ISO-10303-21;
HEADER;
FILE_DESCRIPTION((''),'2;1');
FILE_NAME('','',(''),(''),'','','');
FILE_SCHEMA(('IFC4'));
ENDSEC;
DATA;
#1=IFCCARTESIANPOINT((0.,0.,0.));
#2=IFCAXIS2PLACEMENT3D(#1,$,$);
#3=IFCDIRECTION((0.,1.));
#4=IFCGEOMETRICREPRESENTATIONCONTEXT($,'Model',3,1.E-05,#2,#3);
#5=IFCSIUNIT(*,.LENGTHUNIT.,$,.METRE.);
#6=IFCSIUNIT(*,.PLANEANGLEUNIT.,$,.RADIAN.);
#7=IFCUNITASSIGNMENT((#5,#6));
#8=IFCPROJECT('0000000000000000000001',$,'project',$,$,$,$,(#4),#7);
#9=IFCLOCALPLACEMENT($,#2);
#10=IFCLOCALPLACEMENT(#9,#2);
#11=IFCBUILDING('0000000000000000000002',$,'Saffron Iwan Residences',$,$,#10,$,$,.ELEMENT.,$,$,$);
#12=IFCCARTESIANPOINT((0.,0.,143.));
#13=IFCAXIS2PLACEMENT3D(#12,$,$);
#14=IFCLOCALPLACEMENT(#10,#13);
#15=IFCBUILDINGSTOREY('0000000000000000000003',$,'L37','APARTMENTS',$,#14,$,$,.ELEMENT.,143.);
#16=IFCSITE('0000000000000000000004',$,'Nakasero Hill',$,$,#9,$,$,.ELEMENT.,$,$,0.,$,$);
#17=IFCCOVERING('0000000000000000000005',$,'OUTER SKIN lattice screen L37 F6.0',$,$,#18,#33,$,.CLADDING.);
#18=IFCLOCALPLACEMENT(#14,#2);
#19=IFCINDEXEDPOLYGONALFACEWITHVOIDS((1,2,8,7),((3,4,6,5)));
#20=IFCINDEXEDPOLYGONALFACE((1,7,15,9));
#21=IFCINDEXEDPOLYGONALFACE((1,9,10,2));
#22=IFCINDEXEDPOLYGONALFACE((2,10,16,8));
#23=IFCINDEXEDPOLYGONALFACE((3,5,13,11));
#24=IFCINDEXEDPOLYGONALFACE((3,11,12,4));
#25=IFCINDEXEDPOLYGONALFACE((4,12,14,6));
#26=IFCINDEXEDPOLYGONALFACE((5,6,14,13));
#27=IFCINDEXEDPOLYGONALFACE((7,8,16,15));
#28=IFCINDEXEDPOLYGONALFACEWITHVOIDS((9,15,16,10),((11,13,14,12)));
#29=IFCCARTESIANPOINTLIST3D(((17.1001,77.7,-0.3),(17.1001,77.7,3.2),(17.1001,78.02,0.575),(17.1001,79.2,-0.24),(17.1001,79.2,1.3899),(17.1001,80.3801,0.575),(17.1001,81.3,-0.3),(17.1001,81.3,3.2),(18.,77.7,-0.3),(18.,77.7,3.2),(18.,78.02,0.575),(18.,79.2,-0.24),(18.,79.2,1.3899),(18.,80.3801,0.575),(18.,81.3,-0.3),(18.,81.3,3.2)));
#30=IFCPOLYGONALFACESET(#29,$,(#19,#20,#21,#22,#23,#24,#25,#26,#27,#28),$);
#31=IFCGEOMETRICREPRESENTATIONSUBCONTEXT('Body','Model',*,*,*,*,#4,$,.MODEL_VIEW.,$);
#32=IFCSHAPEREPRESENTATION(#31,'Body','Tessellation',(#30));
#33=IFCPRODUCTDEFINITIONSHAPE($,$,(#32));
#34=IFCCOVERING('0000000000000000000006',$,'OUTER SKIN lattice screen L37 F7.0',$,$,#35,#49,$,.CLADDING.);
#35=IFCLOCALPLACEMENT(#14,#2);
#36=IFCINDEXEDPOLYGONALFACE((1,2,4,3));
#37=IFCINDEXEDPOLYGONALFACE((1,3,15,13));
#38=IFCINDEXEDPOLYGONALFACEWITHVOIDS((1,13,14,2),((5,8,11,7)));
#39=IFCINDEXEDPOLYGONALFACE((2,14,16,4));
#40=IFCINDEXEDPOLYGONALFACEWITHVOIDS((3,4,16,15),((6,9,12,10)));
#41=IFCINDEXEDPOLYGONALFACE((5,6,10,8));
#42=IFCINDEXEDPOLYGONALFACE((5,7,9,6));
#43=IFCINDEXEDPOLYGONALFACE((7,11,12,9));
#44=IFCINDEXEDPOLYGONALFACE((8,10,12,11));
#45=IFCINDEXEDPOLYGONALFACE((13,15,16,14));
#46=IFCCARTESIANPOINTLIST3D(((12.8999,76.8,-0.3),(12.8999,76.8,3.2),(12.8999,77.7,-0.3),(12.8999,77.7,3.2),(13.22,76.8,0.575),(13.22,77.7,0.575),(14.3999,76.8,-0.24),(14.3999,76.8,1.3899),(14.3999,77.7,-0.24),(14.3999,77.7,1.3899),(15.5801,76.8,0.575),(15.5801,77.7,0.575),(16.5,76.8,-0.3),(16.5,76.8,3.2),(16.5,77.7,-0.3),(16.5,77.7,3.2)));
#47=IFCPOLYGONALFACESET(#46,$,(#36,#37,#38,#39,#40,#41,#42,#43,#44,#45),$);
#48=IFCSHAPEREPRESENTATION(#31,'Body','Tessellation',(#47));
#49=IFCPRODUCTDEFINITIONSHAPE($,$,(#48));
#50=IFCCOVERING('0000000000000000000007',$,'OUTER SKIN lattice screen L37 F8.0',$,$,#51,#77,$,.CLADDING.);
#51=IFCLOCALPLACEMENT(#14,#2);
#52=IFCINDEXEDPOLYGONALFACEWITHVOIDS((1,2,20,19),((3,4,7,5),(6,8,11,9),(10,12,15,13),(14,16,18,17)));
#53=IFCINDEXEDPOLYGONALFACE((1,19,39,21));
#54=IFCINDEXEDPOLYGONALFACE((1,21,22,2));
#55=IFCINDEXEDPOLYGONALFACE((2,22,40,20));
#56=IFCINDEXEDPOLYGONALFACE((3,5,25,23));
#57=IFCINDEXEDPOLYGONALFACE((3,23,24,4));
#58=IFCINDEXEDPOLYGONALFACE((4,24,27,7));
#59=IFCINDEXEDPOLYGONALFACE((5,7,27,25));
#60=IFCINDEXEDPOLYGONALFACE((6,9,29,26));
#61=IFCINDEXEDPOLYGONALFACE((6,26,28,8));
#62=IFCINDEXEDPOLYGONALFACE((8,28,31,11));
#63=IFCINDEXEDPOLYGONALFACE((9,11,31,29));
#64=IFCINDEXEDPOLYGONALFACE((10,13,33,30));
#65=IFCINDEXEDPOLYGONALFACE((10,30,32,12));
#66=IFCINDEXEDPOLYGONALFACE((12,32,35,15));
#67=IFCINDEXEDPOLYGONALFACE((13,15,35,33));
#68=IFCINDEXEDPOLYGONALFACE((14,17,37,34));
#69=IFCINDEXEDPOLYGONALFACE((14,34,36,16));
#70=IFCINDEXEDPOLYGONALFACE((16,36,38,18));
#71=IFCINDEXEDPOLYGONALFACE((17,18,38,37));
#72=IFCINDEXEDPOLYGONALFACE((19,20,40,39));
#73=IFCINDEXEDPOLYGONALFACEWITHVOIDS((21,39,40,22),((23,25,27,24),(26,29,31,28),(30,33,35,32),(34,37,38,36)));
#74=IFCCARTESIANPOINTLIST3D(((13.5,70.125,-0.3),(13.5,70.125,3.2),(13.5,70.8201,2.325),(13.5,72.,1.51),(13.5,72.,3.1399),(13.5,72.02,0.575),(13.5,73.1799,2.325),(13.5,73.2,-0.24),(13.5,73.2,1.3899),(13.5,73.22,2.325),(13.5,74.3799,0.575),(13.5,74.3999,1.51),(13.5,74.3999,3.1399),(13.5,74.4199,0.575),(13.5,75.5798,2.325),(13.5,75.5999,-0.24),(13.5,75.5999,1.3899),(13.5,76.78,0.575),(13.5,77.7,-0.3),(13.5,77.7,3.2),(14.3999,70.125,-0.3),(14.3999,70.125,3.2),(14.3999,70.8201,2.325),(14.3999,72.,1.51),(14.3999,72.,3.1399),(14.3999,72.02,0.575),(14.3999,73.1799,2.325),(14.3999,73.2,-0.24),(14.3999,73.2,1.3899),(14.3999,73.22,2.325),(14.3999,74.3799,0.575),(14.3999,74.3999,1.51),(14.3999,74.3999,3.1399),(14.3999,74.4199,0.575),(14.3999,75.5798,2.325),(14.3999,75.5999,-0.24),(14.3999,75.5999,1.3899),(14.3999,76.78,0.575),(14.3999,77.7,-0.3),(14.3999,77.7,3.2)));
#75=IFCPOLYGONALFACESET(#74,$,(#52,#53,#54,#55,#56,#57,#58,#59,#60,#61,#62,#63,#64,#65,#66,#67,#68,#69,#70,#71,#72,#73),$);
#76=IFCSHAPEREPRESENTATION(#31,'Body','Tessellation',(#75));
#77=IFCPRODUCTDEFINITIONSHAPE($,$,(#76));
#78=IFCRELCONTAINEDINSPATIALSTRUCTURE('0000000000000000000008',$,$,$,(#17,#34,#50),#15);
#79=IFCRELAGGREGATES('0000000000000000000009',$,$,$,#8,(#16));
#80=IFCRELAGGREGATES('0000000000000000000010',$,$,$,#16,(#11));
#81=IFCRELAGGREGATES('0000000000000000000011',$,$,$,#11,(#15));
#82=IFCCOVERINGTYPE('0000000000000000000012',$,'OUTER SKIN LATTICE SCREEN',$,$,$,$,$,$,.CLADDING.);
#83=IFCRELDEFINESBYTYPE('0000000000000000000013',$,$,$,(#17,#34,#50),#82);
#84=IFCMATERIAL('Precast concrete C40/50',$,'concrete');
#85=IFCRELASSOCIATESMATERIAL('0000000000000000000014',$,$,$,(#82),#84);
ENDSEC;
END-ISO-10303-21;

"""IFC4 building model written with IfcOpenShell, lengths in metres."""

from ifc_helpers import new_model, si_unit, direction, frame, origin, place, context, subcontext, project, spatial, polyline, outline, extrude, material, type_object, element, save


model = new_model("IFC4")

# Units and contexts
model_context = context("Model", 3, precision=1e-05, world=origin(), true_north=direction((0.0, 1.0)))
body_context = subcontext(model_context, "Body", "Model", "MODEL_VIEW")
ifc_project = project(units=[si_unit("LENGTHUNIT", "METRE"), si_unit("PLANEANGLEUNIT", "RADIAN")], contexts=[model_context])

# Site, building, storey
site_placement = place(None, origin())
site = spatial("IfcSite", under=ifc_project, at=site_placement, Name="Nakasero Hill", CompositionType="ELEMENT", RefElevation=0.0)
building_placement = place(site_placement, origin())
building = spatial("IfcBuilding", under=site, at=building_placement, Name="Saffron Iwan Residences", CompositionType="ELEMENT")
storey_placement = place(building_placement, frame((0.0, 0.0, 143.0)))
storey = spatial("IfcBuildingStorey", under=building, at=storey_placement, Name="L37", Description="APARTMENTS", CompositionType="ELEMENT", Elevation=143.0)

# Coverings
ifc_material_1 = material(Name="Precast concrete C40/50", Category="concrete")
covering_type = type_object("IfcCoveringType", Name="OUTER SKIN LATTICE SCREEN", PredefinedType="CLADDING", material=ifc_material_1)
for number, where, z_axis, x_axis, name in (
    (1, (18.0, 81.3, -0.3), (-1.0, 0.0, 0.0), (0.0, -1.0, 0.0), "OUTER SKIN lattice screen L37 F6.0"),
    (2, (16.5, 76.8, -0.3), (0.0, 1.0, 0.0), (-1.0, 0.0, 0.0), "OUTER SKIN lattice screen L37 F7.0"),
):
    element("IfcCovering", number, at=place(storey_placement, frame(where, z_axis=z_axis, x_axis=x_axis)), inside=storey, type_object=covering_type, Name=name, PredefinedType="CLADDING", context=body_context, shape_type="SweptSolid", body=[
        extrude(outline(polyline([(0.0, 0.0), (3.6001, 0.0), (3.6001, 3.5), (0.0, 3.5), (0.0, 0.0)]), holes=[polyline([(0.9199, 0.875), (2.1001, 0.0601), (3.28, 0.875), (2.1001, 1.6899), (0.9199, 0.875)])]), origin(), (0.0, 0.0, 1.0), 0.8999),
    ])
covering_1_placement = place(storey_placement, frame((14.3999, 77.7, -0.3), z_axis=(-1.0, 0.0, 0.0), x_axis=(0.0, -1.0, 0.0)))
element("IfcCovering", 3, at=covering_1_placement, inside=storey, type_object=covering_type, Name="OUTER SKIN lattice screen L37 F8.0", PredefinedType="CLADDING", context=body_context, shape_type="SweptSolid", body=[
    extrude(outline(polyline([(0.0, 0.0), (7.575, 0.0), (7.575, 3.5), (0.0, 3.5), (0.0, 0.0)]), holes=[polyline([(0.9199, 0.875), (2.1001, 0.0601), (3.28, 0.875), (2.1001, 1.6899), (0.9199, 0.875)]), polyline([(3.3201, 0.875), (4.5, 0.0601), (5.6799, 0.875), (4.5, 1.6899), (3.3201, 0.875)]), polyline([(2.1201, 2.625), (3.3, 1.8101), (4.48, 2.625), (3.3, 3.4399), (2.1201, 2.625)]), polyline([(4.52, 2.625), (5.7, 1.8101), (6.8799, 2.625), (5.7, 3.4399), (4.52, 2.625)])]), origin(), (0.0, 0.0, 1.0), 0.8999),
])

save(model, "model.ifc")
